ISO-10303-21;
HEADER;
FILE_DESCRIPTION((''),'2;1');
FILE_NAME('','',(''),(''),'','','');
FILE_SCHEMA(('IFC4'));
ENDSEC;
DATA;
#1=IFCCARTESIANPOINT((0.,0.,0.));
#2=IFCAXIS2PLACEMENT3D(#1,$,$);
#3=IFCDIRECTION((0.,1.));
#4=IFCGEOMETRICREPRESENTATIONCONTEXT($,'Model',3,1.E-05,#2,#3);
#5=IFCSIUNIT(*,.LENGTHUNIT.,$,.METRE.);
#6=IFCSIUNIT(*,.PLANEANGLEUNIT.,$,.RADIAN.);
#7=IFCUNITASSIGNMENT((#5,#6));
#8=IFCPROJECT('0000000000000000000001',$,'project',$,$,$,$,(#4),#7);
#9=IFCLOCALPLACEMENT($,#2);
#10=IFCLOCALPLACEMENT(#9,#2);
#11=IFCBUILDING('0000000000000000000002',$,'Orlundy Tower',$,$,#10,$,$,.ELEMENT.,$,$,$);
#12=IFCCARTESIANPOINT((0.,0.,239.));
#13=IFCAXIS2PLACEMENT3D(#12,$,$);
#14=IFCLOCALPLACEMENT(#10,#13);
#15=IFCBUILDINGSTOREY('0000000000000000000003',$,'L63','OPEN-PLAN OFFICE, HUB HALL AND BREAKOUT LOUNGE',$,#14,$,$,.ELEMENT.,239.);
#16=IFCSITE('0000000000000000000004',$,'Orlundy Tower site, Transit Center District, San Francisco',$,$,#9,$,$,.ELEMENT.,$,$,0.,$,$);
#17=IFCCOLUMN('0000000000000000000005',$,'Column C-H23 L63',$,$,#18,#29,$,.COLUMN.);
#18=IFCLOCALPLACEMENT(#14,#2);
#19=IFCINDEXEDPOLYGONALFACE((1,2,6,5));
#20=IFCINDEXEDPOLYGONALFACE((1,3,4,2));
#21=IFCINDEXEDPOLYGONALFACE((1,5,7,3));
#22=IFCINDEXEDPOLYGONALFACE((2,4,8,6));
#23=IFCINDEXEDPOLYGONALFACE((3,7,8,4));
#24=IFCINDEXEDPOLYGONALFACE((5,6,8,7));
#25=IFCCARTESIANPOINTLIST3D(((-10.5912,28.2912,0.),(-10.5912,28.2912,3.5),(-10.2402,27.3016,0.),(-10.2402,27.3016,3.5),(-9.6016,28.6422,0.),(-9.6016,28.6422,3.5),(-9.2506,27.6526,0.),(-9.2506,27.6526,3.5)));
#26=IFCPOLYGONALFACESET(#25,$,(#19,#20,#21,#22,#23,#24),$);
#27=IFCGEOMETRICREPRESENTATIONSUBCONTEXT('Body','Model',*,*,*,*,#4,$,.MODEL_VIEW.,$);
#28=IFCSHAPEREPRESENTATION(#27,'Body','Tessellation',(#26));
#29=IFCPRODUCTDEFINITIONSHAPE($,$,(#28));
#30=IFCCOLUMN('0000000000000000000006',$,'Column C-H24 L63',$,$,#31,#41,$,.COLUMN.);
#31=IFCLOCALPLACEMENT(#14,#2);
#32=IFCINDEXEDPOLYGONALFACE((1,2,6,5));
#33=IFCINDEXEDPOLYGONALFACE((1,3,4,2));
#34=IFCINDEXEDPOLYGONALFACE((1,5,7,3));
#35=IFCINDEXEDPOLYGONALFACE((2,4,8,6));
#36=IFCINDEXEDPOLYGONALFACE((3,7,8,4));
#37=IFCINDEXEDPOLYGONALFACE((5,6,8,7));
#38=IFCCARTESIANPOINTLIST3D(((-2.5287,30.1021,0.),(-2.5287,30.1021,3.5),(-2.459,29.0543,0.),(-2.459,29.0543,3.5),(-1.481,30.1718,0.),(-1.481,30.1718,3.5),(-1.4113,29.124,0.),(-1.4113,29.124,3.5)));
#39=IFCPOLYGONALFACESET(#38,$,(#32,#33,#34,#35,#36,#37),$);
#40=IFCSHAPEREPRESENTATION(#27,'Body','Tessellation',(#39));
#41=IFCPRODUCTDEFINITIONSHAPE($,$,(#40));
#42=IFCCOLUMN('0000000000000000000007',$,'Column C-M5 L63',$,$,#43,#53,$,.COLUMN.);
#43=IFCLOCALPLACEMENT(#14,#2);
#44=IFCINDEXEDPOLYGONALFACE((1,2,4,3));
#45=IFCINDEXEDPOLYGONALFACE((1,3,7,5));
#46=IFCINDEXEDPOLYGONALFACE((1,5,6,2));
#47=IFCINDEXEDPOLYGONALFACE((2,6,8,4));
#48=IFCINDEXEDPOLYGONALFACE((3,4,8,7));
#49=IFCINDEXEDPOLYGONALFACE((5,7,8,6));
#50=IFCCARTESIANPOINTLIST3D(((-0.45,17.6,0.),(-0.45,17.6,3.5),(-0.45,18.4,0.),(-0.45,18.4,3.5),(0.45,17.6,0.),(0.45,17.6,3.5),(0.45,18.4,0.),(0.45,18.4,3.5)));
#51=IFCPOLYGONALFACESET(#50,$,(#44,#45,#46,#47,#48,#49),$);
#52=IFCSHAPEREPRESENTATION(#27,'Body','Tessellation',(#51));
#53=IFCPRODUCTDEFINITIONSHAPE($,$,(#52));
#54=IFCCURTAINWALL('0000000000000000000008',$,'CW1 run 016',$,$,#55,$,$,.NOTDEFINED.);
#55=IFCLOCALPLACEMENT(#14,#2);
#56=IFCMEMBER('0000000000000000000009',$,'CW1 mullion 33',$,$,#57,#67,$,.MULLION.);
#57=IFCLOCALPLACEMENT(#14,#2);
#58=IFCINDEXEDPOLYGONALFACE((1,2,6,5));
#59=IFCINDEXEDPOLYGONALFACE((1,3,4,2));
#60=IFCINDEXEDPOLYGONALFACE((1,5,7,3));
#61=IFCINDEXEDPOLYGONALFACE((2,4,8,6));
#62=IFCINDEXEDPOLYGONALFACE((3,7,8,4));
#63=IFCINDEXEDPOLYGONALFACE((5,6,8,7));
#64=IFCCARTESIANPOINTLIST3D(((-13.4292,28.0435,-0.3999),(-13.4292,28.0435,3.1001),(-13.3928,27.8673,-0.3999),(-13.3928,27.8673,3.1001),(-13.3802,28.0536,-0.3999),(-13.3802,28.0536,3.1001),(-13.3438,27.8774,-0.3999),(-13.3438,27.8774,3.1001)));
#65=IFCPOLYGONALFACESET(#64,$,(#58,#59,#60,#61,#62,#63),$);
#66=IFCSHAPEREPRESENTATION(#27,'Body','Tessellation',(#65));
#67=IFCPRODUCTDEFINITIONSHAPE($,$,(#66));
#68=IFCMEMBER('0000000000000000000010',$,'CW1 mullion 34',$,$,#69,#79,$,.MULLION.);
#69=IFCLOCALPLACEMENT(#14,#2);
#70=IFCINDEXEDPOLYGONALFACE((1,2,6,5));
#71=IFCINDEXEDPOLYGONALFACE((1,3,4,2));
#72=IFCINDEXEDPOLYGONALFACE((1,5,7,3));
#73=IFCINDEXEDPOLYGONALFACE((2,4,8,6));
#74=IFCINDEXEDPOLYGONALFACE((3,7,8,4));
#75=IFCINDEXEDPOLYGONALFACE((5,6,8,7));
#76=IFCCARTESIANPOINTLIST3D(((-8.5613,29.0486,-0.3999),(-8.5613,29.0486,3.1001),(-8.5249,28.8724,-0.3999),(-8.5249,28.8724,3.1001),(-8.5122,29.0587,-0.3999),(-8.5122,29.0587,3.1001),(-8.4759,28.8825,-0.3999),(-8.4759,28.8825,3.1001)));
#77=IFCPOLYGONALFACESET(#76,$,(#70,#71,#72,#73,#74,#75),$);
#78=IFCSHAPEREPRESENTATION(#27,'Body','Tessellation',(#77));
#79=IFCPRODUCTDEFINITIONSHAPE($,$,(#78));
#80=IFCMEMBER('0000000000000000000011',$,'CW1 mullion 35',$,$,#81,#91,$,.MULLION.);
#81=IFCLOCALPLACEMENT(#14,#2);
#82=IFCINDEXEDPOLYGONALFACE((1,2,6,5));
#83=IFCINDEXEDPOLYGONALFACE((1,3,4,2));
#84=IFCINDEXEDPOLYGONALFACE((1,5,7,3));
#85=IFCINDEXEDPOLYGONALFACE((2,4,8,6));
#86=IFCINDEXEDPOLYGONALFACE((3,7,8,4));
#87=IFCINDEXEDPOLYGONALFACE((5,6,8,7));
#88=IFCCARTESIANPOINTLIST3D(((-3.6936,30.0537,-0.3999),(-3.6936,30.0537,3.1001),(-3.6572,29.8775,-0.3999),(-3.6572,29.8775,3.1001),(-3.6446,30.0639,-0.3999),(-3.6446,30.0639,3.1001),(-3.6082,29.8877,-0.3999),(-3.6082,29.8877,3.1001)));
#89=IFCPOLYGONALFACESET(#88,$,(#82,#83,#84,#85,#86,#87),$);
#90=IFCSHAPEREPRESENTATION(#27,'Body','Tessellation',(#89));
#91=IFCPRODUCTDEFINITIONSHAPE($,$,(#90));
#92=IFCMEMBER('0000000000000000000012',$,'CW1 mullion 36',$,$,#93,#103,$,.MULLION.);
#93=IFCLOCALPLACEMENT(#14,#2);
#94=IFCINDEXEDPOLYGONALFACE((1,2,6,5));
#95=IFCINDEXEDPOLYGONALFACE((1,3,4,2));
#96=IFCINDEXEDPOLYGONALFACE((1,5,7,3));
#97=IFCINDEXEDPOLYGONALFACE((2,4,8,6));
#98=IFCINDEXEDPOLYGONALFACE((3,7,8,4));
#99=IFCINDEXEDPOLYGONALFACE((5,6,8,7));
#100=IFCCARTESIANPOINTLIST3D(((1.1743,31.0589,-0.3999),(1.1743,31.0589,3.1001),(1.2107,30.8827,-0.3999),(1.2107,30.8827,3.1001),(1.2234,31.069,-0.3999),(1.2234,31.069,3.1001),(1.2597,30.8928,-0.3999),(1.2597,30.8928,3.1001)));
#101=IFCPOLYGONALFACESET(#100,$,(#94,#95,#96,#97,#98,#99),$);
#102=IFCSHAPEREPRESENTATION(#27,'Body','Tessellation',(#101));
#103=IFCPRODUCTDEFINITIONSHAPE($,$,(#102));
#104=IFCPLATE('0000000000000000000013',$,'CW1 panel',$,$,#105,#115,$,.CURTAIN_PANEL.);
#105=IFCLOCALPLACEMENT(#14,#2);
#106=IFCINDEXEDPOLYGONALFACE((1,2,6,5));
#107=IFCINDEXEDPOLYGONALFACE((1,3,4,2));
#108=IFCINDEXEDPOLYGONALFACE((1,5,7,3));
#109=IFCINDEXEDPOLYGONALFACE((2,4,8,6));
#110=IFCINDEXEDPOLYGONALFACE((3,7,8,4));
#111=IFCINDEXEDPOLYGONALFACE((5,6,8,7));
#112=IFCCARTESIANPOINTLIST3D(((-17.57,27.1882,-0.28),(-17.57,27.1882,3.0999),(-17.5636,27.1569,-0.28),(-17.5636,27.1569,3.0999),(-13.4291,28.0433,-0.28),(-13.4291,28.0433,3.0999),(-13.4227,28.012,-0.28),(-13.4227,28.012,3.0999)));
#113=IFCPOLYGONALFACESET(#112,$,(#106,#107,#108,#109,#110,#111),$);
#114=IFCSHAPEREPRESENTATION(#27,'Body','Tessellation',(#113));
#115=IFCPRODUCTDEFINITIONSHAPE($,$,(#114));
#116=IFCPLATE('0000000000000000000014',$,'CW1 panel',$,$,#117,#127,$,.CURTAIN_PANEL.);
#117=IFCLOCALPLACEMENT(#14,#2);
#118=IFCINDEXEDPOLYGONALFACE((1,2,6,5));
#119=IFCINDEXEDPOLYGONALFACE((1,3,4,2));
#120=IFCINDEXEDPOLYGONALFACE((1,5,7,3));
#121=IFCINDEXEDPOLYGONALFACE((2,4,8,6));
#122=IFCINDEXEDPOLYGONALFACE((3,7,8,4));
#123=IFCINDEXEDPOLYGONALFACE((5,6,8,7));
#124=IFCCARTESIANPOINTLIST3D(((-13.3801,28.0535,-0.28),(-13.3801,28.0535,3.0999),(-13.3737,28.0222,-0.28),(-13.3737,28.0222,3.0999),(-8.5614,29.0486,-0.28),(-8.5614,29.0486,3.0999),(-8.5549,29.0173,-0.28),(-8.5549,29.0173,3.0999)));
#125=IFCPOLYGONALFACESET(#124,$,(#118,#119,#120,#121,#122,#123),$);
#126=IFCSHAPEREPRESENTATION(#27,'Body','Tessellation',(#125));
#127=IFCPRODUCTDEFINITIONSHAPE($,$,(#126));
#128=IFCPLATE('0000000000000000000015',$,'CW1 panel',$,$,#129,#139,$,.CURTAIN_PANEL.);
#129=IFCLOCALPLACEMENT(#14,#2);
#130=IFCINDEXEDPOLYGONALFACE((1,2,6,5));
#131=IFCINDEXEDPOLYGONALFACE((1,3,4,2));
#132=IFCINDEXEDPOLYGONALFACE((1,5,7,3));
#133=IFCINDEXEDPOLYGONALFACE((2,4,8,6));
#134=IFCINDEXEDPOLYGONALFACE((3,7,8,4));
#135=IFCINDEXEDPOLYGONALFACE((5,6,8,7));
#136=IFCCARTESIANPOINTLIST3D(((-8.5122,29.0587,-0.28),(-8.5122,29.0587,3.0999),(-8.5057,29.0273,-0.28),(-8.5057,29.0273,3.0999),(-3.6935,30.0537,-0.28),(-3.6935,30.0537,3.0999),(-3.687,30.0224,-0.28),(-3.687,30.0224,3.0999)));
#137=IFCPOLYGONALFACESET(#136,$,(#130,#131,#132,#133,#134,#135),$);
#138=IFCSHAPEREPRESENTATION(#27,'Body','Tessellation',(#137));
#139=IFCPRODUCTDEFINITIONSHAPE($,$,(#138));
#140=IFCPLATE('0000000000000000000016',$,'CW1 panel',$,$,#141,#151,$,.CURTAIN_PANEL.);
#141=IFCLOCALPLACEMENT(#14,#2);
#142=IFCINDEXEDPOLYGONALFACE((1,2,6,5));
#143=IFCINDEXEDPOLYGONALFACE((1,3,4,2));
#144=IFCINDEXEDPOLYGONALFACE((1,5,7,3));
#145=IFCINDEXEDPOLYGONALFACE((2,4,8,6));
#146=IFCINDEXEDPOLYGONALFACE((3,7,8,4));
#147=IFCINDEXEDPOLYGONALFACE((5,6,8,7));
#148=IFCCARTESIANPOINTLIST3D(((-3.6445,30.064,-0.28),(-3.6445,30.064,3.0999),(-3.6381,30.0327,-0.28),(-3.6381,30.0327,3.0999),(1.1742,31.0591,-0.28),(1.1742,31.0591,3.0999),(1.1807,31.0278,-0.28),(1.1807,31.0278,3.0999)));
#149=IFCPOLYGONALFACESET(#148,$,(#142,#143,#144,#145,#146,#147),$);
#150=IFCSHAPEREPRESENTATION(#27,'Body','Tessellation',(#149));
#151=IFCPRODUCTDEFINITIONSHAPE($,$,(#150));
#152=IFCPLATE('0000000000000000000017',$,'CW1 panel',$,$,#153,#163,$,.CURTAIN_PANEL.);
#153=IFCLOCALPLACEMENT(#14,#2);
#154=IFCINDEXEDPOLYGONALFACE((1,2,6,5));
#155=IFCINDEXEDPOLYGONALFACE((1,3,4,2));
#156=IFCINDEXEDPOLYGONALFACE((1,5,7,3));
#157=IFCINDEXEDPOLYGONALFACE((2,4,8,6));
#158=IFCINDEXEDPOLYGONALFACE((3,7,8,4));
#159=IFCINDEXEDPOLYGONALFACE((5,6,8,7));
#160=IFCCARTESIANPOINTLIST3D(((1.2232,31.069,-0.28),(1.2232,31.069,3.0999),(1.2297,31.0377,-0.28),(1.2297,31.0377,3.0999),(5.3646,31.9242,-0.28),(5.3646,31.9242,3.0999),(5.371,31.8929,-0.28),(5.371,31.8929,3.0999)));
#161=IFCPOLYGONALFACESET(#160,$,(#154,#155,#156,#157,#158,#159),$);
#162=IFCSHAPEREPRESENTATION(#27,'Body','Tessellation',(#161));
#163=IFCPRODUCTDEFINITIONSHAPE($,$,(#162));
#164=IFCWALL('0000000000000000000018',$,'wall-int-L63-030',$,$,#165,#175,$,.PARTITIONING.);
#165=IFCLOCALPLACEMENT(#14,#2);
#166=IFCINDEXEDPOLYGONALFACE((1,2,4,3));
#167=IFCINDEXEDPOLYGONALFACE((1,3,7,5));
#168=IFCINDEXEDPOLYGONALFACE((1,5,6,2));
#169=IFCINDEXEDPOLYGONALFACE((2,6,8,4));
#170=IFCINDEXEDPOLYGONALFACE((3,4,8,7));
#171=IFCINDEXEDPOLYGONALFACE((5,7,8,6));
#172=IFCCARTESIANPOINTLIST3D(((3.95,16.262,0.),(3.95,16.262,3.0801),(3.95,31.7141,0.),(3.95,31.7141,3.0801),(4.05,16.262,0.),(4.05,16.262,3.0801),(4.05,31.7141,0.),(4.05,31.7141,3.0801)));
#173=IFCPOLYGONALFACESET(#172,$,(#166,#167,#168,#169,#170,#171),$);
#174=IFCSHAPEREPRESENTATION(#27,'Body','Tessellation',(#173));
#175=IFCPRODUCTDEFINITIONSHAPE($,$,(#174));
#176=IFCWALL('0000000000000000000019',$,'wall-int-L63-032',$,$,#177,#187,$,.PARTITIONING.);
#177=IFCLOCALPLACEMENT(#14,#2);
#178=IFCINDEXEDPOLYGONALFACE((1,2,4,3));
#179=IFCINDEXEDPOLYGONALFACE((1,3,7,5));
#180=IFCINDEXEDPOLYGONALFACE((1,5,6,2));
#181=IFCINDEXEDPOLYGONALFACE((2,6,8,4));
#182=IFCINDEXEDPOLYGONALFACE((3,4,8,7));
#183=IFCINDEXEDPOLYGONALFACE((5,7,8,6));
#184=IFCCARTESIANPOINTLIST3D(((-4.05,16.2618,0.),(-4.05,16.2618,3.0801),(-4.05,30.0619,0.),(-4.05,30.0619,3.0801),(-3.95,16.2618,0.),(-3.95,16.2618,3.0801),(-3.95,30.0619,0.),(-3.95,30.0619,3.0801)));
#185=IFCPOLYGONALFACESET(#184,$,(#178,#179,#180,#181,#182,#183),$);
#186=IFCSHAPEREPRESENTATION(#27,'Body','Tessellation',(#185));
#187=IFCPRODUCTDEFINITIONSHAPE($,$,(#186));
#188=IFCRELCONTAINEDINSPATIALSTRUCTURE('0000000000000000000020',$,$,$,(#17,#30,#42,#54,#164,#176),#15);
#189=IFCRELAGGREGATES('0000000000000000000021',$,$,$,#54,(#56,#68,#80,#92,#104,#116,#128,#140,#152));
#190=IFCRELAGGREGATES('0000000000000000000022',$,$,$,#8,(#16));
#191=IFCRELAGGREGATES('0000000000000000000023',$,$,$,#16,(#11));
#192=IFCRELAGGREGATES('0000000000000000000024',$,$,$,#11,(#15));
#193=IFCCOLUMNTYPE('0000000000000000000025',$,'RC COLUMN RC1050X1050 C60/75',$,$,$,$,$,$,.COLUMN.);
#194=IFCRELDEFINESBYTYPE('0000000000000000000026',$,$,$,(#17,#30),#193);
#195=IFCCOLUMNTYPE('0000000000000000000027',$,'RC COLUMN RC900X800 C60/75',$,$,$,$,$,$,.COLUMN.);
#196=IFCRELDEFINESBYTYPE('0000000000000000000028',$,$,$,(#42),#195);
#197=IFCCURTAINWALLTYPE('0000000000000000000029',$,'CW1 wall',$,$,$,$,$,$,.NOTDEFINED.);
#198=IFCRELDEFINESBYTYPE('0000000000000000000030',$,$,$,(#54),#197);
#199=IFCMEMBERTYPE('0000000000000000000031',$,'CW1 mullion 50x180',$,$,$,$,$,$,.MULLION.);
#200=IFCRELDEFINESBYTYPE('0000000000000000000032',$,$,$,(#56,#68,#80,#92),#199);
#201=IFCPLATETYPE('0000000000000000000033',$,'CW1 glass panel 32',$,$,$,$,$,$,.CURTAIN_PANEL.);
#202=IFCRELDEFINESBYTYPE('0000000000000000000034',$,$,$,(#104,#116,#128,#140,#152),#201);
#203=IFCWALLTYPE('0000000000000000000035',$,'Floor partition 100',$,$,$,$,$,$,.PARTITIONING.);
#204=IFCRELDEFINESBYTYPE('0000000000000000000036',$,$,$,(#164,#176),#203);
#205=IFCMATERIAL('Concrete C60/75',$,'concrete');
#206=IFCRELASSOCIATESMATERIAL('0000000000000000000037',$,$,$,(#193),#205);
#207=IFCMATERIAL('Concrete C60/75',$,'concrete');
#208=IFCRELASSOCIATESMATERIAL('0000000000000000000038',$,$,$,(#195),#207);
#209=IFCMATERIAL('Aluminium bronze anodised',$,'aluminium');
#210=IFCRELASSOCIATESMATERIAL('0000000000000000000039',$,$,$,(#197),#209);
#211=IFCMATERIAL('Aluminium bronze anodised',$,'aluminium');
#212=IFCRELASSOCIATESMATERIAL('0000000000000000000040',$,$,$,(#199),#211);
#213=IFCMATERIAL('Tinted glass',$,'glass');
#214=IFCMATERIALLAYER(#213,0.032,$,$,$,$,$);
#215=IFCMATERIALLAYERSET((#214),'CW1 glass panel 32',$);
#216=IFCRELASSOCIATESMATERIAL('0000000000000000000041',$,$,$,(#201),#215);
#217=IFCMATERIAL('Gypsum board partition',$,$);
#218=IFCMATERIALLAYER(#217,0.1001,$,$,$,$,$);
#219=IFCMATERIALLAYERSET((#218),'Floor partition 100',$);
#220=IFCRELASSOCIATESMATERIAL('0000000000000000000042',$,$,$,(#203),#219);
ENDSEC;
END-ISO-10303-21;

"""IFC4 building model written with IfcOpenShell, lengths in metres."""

from ifc_helpers import new_model, si_unit, direction, frame, frame_2d, origin, origin_2d, place, context, subcontext, project, spatial, rectangle, extrude, material, layer, layer_set, material_profile, profile_set, type_object, element, aggregate, save


model = new_model("IFC4")

# Units and contexts
model_context = context("Model", 3, precision=1e-05, world=origin(), true_north=direction((0.0, 1.0)))
body_context = subcontext(model_context, "Body", "Model", "MODEL_VIEW")
ifc_project = project(units=[si_unit("LENGTHUNIT", "METRE"), si_unit("PLANEANGLEUNIT", "RADIAN")], contexts=[model_context])

# Site, building, storey
site_placement = place(None, origin())
site = spatial("IfcSite", under=ifc_project, at=site_placement, Name="Orlundy Tower site, Transit Center District, San Francisco", CompositionType="ELEMENT", RefElevation=0.0)
building_placement = place(site_placement, origin())
building = spatial("IfcBuilding", under=site, at=building_placement, Name="Orlundy Tower", CompositionType="ELEMENT")
storey_placement = place(building_placement, frame((0.0, 0.0, 239.0)))
storey = spatial("IfcBuildingStorey", under=building, at=storey_placement, Name="L63", Description="OPEN-PLAN OFFICE, HUB HALL AND BREAKOUT LOUNGE", CompositionType="ELEMENT", Elevation=239.0)

# Columns
ifc_material_1 = material(Name="Concrete C60/75", Category="concrete")
ifc_material_profile_1 = material_profile(ifc_material_1, rectangle(XDim=1.05, YDim=1.05, at=origin_2d()), Name="RC1050X1050")
ifc_profile_set_1 = profile_set([ifc_material_profile_1], Name="Concrete C60/75")
column_type_1 = type_object("IfcColumnType", Name="RC COLUMN RC1050X1050 C60/75", PredefinedType="COLUMN", material=ifc_profile_set_1)
for number, where, z_axis, x_axis, name in (
    (1, (-9.9209, 27.9719, 0.0), (0.0, 0.0, 1.0), (-0.334267, 0.942478, 0.0), "Column C-H23 L63"),
    (2, (-1.97, 29.613, 0.0), (0.0, 0.0, 1.0), (-0.066378, 0.997795, 0.0), "Column C-H24 L63"),
):
    element("IfcColumn", number, at=place(storey_placement, frame(where, z_axis=z_axis, x_axis=x_axis)), inside=storey, type_object=column_type_1, Name=name, PredefinedType="COLUMN", context=body_context, shape_type="SweptSolid", body=[
        extrude(rectangle(XDim=1.05, YDim=1.05, at=origin_2d()), origin(), (0.0, 0.0, 1.0), 3.5),
    ])
ifc_material_2 = material(Name="Concrete C60/75", Category="concrete")
ifc_material_profile_2 = material_profile(ifc_material_2, rectangle(XDim=0.8999, YDim=0.8, at=origin_2d()), Name="RC900X800")
ifc_profile_set_2 = profile_set([ifc_material_profile_2], Name="Concrete C60/75")
column_type_2 = type_object("IfcColumnType", Name="RC COLUMN RC900X800 C60/75", PredefinedType="COLUMN", material=ifc_profile_set_2)
column_placement = place(storey_placement, frame((0.0, 18.0, 0.0), z_axis=(0.0, 0.0, 1.0), x_axis=(1.0, 0.0, 0.0)))
element("IfcColumn", 3, at=column_placement, inside=storey, type_object=column_type_2, Name="Column C-M5 L63", PredefinedType="COLUMN", context=body_context, shape_type="SweptSolid", body=[
    extrude(rectangle(XDim=0.8999, YDim=0.8, at=origin_2d()), origin(), (0.0, 0.0, 1.0), 3.5),
])

# Curtain wall, members, plates
ifc_material_3 = material(Name="Aluminium bronze anodised", Category="aluminium")
curtain_wall_type = type_object("IfcCurtainWallType", Name="CW1 wall", PredefinedType="NOTDEFINED", material=ifc_material_3)
curtain_wall_placement = place(storey_placement, origin())
curtain_wall = element("IfcCurtainWall", 4, at=curtain_wall_placement, inside=storey, type_object=curtain_wall_type, Name="CW1 run 016", PredefinedType="NOTDEFINED")
ifc_material_4 = material(Name="Aluminium bronze anodised", Category="aluminium")
ifc_material_profile_3 = material_profile(ifc_material_4, rectangle(XDim=0.1799, YDim=0.05, at=origin_2d()), Name="CW1 mullion 50x180")
ifc_profile_set_3 = profile_set([ifc_material_profile_3], Name="Aluminium bronze anodised")
member_type = type_object("IfcMemberType", Name="CW1 mullion 50x180", PredefinedType="MULLION", material=ifc_profile_set_3)
member_1_placement = place(storey_placement, frame((-13.3865, 27.9604, -0.3999), z_axis=(0.0, 0.0, 1.0), x_axis=(-0.202233, 0.979337, 0.0)))
member_1 = element("IfcMember", 5, at=member_1_placement, type_object=member_type, Name="CW1 mullion 33", PredefinedType="MULLION", context=body_context, shape_type="SweptSolid", body=[
    extrude(rectangle(XDim=0.1799, YDim=0.05, at=origin_2d()), origin(), (0.0, 0.0, 1.0), 3.5),
])
member_2_placement = place(storey_placement, frame((-8.5186, 28.9656, -0.3999), z_axis=(0.0, 0.0, 1.0), x_axis=(-0.202233, 0.979337, 0.0)))
member_2 = element("IfcMember", 6, at=member_2_placement, type_object=member_type, Name="CW1 mullion 34", PredefinedType="MULLION", context=body_context, shape_type="SweptSolid", body=[
    extrude(rectangle(XDim=0.1799, YDim=0.05, at=origin_2d()), origin(), (0.0, 0.0, 1.0), 3.5),
])
member_3_placement = place(storey_placement, frame((-3.6509, 29.9707, -0.3999), z_axis=(0.0, 0.0, 1.0), x_axis=(-0.202233, 0.979337, 0.0)))
member_3 = element("IfcMember", 7, at=member_3_placement, type_object=member_type, Name="CW1 mullion 35", PredefinedType="MULLION", context=body_context, shape_type="SweptSolid", body=[
    extrude(rectangle(XDim=0.1799, YDim=0.05, at=origin_2d()), origin(), (0.0, 0.0, 1.0), 3.5),
])
member_4_placement = place(storey_placement, frame((1.217, 30.9758, -0.3999), z_axis=(0.0, 0.0, 1.0), x_axis=(-0.202233, 0.979337, 0.0)))
member_4 = element("IfcMember", 8, at=member_4_placement, type_object=member_type, Name="CW1 mullion 36", PredefinedType="MULLION", context=body_context, shape_type="SweptSolid", body=[
    extrude(rectangle(XDim=0.1799, YDim=0.05, at=origin_2d()), origin(), (0.0, 0.0, 1.0), 3.5),
])
ifc_material_5 = material(Name="Tinted glass", Category="glass")
ifc_layer_1 = layer(ifc_material_5, 0.032)
ifc_layer_set_1 = layer_set([ifc_layer_1], Name="CW1 glass panel 32")
plate_type = type_object("IfcPlateType", Name="CW1 glass panel 32", PredefinedType="CURTAIN_PANEL", material=ifc_layer_set_1)
plate_1_placement = place(storey_placement, frame((-15.4963, 27.6001, -0.28), z_axis=(0.0, 0.0, 1.0), x_axis=(0.979337, 0.202233, 0.0)))
plate_1 = element("IfcPlate", 9, at=plate_1_placement, type_object=plate_type, Name="CW1 panel", PredefinedType="CURTAIN_PANEL", context=body_context, shape_type="SweptSolid", body=[
    extrude(rectangle(XDim=4.2283, YDim=0.032, at=origin_2d()), origin(), (0.0, 0.0, 1.0), 3.3799),
])
plate_2_placement = place(storey_placement, frame((-10.9675, 28.5354, -0.28), z_axis=(0.0, 0.0, 1.0), x_axis=(0.979337, 0.202233, 0.0)))
plate_2 = element("IfcPlate", 10, at=plate_2_placement, type_object=plate_type, Name="CW1 panel", PredefinedType="CURTAIN_PANEL", context=body_context, shape_type="SweptSolid", body=[
    extrude(rectangle(XDim=4.9204, YDim=0.032, at=origin_2d()), origin(), (0.0, 0.0, 1.0), 3.3799),
])
plate_3_placement = place(storey_placement, frame((-6.0996, 29.5405, -0.28), z_axis=(0.0, 0.0, 1.0), x_axis=(0.979337, 0.202233, 0.0)))
plate_3 = element("IfcPlate", 11, at=plate_3_placement, type_object=plate_type, Name="CW1 panel", PredefinedType="CURTAIN_PANEL", context=body_context, shape_type="SweptSolid", body=[
    extrude(rectangle(XDim=4.9204, YDim=0.032, at=origin_2d()), origin(), (0.0, 0.0, 1.0), 3.3799),
])
plate_4_placement = place(storey_placement, frame((-1.2319, 30.5459, -0.28), z_axis=(0.0, 0.0, 1.0), x_axis=(0.979337, 0.202233, 0.0)))
plate_4 = element("IfcPlate", 12, at=plate_4_placement, type_object=plate_type, Name="CW1 panel", PredefinedType="CURTAIN_PANEL", context=body_context, shape_type="SweptSolid", body=[
    extrude(rectangle(XDim=4.9204, YDim=0.032, at=origin_2d()), origin(), (0.0, 0.0, 1.0), 3.3799),
])
plate_5_placement = place(storey_placement, frame((3.2971, 31.481, -0.28), z_axis=(0.0, 0.0, 1.0), x_axis=(0.979337, 0.202233, 0.0)))
plate_5 = element("IfcPlate", 13, at=plate_5_placement, type_object=plate_type, Name="CW1 panel", PredefinedType="CURTAIN_PANEL", context=body_context, shape_type="SweptSolid", body=[
    extrude(rectangle(XDim=4.2288, YDim=0.032, at=origin_2d()), origin(), (0.0, 0.0, 1.0), 3.3799),
])
aggregate(curtain_wall, [member_1, member_2, member_3, member_4, plate_1, plate_2, plate_3, plate_4, plate_5])

# Walls
ifc_material_6 = material(Name="Gypsum board partition")
ifc_layer_2 = layer(ifc_material_6, 0.1001)
ifc_layer_set_2 = layer_set([ifc_layer_2], Name="Floor partition 100")
wall_type_1 = type_object("IfcWallType", Name="Floor partition 100", PredefinedType="PARTITIONING", material=ifc_layer_set_2)
wall_1_placement = place(storey_placement, frame((4.0, 16.262, 0.0), z_axis=(0.0, 0.0, 1.0), x_axis=(0.0, 1.0, 0.0)))
element("IfcWall", 14, at=wall_1_placement, inside=storey, type_object=wall_type_1, Name="wall-int-L63-030", PredefinedType="PARTITIONING", context=body_context, shape_type="SweptSolid", body=[
    extrude(rectangle(XDim=15.4521, YDim=0.1001, at=frame_2d((7.7261, 0.0))), origin(), (0.0, 0.0, 1.0), 3.0801),
])
wall_2_placement = place(storey_placement, frame((-4.0, 16.262, 0.0), z_axis=(0.0, 0.0, 1.0), x_axis=(0.0, 1.0, 0.0)))
element("IfcWall", 15, at=wall_2_placement, inside=storey, type_object=wall_type_1, Name="wall-int-L63-032", PredefinedType="PARTITIONING", context=body_context, shape_type="SweptSolid", body=[
    extrude(rectangle(XDim=13.8, YDim=0.1001, at=frame_2d((6.8999, 0.0))), origin(), (0.0, 0.0, 1.0), 3.0801),
])

save(model, "model.ifc")
